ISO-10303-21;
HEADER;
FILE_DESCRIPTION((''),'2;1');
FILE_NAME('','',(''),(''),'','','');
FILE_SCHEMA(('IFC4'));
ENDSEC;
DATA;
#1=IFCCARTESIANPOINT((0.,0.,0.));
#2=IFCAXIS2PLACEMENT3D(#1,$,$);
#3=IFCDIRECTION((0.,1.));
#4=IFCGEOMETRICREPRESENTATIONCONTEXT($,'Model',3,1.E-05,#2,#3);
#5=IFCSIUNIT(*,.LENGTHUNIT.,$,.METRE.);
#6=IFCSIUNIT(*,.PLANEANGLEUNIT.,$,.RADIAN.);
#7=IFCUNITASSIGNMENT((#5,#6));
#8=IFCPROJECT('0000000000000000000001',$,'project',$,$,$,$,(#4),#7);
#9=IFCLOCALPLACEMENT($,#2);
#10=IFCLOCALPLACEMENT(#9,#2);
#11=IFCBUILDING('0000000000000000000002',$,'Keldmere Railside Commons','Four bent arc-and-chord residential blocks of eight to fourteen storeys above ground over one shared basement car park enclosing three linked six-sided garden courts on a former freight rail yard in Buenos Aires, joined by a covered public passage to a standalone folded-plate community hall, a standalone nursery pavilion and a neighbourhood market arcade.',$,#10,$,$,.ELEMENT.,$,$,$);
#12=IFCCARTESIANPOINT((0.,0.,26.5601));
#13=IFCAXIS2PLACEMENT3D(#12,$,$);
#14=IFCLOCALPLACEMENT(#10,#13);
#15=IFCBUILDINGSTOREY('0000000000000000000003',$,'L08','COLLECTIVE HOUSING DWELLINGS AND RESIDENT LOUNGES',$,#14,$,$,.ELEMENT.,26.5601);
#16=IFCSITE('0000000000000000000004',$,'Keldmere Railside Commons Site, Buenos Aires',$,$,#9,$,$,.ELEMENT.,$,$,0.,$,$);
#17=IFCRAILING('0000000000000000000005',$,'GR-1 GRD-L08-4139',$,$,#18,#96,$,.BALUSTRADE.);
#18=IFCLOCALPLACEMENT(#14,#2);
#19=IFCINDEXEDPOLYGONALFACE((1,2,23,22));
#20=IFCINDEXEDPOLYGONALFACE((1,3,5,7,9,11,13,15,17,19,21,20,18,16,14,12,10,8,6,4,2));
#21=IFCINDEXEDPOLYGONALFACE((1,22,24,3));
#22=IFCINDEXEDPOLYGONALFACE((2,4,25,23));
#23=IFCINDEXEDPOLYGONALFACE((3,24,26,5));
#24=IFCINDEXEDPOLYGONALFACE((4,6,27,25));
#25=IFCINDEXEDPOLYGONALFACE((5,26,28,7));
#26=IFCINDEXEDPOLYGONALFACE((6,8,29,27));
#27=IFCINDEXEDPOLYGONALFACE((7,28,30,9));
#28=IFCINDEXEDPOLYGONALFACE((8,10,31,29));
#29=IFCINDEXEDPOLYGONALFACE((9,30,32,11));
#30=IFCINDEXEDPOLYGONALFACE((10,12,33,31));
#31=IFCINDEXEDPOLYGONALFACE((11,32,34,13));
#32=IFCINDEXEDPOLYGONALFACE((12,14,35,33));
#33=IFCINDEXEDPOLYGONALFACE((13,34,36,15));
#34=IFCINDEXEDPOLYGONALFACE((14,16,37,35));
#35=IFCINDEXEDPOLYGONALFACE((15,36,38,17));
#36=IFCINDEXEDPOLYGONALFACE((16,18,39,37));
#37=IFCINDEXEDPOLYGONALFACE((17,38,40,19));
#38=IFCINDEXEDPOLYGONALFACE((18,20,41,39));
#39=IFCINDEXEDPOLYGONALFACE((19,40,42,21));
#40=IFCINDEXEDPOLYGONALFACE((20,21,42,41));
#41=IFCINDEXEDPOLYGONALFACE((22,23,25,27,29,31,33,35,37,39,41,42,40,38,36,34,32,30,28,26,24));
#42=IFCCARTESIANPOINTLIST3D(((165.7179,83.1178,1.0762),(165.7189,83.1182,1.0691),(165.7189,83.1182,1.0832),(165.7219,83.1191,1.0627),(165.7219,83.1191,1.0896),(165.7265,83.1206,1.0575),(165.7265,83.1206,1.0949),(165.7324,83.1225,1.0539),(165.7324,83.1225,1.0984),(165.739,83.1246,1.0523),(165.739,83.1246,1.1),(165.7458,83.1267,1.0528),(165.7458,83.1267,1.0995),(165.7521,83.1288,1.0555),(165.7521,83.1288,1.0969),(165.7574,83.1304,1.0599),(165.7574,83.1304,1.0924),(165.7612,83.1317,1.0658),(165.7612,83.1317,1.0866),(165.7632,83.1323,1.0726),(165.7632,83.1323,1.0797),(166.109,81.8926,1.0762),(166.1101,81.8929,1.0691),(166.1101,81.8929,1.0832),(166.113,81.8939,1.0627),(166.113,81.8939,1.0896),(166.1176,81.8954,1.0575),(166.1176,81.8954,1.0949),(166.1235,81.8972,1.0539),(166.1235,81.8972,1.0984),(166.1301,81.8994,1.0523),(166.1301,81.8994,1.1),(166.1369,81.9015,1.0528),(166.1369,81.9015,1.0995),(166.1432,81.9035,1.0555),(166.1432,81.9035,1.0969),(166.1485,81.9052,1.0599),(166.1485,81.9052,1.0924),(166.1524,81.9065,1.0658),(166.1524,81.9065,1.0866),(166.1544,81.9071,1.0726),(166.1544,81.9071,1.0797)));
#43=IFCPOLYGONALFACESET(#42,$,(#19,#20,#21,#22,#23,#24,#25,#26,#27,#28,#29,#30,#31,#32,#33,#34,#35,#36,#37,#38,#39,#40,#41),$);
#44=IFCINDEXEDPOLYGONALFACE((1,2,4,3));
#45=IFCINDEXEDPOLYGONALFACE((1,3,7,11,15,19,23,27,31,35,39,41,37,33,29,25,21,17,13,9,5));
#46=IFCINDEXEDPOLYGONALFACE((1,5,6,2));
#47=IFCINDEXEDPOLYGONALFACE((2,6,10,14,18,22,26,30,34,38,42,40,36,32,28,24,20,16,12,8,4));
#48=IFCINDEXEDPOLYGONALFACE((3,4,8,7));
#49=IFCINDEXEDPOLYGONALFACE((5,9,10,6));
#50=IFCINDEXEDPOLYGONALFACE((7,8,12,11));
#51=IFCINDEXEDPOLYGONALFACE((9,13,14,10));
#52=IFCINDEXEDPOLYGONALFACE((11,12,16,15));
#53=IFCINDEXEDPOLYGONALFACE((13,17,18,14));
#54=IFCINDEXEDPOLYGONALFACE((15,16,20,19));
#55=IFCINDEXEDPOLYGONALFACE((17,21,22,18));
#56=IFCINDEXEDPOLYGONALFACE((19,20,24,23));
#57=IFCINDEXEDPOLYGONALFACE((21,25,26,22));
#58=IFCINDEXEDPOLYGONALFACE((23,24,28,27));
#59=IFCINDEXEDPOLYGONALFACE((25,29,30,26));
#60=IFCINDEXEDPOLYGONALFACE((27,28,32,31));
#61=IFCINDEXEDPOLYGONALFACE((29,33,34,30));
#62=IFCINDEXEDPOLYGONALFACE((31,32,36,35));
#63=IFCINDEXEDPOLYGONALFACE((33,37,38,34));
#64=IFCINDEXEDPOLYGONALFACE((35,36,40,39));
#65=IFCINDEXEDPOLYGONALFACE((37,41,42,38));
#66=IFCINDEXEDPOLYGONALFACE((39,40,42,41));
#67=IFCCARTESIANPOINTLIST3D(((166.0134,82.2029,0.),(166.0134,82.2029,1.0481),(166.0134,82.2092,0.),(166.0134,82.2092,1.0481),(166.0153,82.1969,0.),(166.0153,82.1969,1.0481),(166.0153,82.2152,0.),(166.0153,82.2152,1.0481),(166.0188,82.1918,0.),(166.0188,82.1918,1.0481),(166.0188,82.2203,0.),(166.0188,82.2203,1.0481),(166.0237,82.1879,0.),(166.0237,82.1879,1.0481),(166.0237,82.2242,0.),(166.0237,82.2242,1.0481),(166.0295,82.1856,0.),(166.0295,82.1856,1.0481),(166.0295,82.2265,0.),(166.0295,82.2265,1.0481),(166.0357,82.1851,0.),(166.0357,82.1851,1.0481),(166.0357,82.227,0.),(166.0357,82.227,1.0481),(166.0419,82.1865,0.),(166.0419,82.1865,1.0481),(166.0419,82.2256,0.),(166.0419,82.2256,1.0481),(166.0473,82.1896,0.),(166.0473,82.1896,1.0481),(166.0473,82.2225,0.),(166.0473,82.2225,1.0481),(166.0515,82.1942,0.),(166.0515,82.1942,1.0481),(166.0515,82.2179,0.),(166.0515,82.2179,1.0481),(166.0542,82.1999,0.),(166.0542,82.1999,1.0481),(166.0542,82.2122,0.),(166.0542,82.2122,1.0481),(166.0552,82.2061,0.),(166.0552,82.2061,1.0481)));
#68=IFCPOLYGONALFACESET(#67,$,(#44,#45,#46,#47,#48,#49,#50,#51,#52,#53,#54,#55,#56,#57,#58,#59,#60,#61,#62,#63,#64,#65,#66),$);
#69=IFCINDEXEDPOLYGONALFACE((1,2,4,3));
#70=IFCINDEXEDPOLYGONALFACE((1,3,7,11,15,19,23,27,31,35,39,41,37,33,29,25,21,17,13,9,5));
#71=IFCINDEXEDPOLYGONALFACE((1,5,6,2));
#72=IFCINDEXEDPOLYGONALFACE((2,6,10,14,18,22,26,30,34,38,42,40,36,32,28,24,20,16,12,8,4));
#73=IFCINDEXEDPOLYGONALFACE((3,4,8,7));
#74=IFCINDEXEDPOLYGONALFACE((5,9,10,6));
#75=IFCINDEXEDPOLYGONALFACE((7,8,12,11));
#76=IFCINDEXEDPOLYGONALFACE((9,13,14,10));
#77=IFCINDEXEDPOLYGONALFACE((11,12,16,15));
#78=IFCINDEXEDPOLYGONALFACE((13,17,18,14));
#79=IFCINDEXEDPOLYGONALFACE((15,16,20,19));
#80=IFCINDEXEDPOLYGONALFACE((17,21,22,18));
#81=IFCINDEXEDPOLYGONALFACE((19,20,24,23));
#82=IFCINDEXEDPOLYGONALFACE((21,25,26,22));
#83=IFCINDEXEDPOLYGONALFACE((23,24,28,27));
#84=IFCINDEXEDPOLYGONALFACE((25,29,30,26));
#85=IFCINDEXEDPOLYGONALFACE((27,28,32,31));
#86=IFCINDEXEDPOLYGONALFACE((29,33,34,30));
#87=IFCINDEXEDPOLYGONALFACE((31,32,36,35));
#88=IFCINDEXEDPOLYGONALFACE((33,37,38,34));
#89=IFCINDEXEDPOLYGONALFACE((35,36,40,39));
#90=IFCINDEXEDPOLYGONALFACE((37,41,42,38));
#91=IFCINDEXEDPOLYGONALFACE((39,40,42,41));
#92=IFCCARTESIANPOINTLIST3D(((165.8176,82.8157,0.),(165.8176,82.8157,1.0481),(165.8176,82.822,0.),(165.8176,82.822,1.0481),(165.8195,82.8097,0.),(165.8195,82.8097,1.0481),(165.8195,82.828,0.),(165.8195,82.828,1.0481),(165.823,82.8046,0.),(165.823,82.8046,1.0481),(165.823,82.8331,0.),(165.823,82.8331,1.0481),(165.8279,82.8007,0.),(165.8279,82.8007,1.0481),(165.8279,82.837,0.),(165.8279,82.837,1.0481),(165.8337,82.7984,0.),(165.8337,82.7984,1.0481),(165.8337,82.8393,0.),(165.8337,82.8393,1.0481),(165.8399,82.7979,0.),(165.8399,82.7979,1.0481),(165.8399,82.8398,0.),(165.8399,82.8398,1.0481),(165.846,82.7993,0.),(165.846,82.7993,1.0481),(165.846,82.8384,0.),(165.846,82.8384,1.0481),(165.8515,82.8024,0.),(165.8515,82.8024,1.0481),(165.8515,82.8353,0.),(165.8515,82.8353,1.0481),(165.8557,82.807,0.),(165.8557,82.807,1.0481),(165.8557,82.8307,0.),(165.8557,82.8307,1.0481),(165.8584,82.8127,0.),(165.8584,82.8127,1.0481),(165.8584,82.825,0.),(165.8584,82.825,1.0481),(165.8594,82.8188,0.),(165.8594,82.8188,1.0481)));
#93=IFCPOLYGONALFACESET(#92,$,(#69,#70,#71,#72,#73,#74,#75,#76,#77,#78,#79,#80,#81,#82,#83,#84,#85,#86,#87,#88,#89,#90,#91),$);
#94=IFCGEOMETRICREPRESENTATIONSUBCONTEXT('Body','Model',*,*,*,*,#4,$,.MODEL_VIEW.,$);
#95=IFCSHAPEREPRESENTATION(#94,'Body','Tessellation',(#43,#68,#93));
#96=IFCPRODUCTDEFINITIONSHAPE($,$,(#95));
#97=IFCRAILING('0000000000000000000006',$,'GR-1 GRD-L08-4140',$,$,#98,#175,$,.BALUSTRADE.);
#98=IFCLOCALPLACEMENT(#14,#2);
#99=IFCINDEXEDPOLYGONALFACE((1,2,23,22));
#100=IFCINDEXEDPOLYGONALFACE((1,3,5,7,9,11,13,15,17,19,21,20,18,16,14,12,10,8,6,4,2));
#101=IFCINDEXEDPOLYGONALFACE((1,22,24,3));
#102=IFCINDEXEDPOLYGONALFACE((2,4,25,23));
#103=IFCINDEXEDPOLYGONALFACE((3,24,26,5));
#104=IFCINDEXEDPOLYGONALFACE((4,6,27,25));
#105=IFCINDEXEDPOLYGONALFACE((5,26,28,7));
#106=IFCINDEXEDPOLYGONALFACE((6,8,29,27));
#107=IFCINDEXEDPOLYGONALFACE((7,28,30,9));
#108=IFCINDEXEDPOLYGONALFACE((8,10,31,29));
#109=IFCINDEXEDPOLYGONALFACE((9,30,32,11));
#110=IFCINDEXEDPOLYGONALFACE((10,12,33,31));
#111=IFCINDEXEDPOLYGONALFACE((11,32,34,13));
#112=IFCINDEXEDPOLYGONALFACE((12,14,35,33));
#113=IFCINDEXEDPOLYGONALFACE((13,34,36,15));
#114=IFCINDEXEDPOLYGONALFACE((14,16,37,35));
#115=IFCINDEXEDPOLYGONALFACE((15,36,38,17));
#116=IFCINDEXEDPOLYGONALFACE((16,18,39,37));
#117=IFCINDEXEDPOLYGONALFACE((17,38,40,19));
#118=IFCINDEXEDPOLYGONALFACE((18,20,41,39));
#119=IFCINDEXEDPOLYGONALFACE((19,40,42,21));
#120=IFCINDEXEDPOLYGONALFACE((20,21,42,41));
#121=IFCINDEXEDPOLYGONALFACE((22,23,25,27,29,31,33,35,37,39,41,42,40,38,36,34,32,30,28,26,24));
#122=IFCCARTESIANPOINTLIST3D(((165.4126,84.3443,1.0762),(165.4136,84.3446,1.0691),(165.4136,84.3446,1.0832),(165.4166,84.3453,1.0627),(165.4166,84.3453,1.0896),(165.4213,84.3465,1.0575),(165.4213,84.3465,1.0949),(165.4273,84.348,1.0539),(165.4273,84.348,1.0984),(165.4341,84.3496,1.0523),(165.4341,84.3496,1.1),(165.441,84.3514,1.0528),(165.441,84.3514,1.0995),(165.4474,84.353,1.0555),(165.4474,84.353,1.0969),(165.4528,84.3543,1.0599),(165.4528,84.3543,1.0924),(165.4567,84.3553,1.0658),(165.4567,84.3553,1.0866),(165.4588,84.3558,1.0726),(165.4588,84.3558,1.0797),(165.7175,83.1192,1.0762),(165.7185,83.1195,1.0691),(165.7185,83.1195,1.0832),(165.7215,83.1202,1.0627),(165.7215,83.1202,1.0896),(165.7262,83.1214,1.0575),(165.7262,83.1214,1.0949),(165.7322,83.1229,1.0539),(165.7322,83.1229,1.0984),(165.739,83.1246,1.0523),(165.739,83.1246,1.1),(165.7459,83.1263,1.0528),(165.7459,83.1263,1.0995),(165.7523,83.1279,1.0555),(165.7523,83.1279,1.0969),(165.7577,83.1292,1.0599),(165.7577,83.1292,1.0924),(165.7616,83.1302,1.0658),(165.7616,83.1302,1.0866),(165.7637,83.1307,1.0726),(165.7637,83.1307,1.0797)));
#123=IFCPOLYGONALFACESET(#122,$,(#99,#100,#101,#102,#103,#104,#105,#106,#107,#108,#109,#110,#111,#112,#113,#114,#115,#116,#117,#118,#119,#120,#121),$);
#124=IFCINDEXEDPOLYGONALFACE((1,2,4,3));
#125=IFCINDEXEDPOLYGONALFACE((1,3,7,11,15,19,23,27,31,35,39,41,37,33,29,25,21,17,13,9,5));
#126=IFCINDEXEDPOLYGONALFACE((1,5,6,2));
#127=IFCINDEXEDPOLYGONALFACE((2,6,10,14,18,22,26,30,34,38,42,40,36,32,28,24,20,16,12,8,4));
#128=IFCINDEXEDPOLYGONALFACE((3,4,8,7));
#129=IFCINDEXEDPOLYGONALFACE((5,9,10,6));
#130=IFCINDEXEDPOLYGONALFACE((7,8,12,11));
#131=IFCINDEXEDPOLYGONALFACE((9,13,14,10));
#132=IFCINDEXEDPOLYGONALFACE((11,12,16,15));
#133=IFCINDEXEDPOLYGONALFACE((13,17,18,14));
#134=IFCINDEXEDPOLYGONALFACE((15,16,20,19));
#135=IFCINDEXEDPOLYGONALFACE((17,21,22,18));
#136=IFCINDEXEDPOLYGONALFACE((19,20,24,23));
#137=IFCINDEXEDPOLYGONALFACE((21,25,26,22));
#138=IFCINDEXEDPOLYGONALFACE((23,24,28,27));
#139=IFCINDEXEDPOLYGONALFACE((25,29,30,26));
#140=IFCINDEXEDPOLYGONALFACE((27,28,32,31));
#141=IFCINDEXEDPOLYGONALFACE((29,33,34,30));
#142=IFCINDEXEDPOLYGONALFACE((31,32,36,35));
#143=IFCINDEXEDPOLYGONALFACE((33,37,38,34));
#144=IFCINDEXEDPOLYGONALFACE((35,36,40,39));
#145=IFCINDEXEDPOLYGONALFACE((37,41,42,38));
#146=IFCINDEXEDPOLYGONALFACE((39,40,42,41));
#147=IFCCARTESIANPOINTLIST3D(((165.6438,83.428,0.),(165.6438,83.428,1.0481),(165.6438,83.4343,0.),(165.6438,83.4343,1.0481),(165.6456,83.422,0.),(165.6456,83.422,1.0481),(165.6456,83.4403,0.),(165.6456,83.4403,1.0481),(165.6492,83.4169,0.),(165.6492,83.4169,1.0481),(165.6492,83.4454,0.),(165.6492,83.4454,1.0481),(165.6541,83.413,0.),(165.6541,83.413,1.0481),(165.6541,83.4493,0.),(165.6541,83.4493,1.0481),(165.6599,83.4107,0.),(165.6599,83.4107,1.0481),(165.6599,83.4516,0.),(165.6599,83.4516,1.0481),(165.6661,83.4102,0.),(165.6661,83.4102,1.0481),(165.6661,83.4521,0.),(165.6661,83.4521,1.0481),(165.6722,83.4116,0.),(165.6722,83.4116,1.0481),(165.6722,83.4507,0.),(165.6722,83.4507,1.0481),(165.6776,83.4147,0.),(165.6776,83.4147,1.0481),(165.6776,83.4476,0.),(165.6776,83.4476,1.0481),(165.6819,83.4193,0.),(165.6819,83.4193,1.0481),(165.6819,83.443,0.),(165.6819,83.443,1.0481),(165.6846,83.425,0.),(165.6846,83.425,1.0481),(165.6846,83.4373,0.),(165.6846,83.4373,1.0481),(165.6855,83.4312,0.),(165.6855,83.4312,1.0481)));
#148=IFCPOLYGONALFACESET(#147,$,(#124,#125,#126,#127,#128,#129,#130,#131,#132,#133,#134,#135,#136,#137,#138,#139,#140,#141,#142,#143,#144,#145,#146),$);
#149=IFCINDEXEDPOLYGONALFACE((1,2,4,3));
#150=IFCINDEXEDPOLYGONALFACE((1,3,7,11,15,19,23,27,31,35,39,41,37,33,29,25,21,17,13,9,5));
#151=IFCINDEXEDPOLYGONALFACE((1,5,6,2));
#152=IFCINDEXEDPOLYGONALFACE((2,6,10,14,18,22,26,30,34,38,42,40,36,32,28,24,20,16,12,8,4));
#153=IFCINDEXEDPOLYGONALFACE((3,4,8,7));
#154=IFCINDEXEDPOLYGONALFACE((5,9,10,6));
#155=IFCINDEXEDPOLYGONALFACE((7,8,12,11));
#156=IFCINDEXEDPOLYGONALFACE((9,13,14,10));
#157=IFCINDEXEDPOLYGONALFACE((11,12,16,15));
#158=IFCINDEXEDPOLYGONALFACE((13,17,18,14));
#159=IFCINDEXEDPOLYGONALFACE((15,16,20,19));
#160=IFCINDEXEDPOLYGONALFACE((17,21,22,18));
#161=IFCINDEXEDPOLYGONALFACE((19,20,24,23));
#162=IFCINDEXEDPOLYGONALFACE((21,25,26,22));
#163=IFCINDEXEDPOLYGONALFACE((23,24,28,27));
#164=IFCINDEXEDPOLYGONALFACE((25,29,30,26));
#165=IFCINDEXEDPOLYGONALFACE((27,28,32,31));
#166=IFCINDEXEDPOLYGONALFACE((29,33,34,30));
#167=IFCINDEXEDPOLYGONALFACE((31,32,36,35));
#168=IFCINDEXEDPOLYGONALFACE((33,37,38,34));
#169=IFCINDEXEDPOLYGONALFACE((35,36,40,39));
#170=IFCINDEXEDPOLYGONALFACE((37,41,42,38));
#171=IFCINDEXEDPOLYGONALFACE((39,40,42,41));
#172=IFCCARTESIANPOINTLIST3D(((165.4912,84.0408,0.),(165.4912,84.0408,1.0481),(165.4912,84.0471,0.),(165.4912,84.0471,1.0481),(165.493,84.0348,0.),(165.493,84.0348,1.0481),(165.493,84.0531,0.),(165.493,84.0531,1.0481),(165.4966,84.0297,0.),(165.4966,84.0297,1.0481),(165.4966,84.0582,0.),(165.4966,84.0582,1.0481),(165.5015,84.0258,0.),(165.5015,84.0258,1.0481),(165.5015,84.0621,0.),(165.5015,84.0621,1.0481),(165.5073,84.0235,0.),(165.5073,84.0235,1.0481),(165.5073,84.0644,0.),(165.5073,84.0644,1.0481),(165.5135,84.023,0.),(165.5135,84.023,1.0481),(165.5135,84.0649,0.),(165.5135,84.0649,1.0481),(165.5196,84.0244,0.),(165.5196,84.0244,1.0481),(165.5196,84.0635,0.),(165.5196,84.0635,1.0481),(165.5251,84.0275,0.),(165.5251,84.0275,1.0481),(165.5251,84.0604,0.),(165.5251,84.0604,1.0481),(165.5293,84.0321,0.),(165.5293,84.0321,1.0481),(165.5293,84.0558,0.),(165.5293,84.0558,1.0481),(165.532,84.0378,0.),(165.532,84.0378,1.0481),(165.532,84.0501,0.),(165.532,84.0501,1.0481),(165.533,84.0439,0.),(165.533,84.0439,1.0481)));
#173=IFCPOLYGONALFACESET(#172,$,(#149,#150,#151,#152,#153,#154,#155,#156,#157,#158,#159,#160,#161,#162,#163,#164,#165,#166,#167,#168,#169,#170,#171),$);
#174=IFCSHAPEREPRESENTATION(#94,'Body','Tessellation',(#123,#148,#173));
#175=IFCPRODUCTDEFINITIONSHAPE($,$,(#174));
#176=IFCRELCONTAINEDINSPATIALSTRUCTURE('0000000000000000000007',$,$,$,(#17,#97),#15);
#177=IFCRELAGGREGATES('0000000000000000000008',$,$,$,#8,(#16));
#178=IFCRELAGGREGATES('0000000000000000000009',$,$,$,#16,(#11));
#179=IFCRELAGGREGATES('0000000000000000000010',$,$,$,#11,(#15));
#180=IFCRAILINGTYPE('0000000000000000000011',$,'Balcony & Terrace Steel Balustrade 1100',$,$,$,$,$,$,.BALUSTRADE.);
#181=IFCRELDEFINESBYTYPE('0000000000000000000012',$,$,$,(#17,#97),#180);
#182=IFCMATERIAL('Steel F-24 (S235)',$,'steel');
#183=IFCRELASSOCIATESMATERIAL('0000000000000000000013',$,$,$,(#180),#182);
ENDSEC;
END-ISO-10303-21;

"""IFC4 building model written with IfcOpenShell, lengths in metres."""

from ifc_helpers import new_model, si_unit, direction, frame, origin, origin_2d, place, context, subcontext, project, spatial, circle, extrude, material, type_object, element, save


model = new_model("IFC4")

# Units and contexts
model_context = context("Model", 3, precision=1e-05, world=origin(), true_north=direction((0.0, 1.0)))
body_context = subcontext(model_context, "Body", "Model", "MODEL_VIEW")
ifc_project = project(units=[si_unit("LENGTHUNIT", "METRE"), si_unit("PLANEANGLEUNIT", "RADIAN")], contexts=[model_context])

# Site, building, storey
site_placement = place(None, origin())
site = spatial("IfcSite", under=ifc_project, at=site_placement, Name="Keldmere Railside Commons Site, Buenos Aires", CompositionType="ELEMENT", RefElevation=0.0)
building_placement = place(site_placement, origin())
building = spatial("IfcBuilding", under=site, at=building_placement, Name="Keldmere Railside Commons", Description="Four bent arc-and-chord residential blocks of eight to fourteen storeys above ground over one shared basement car park enclosing three linked six-sided garden courts on a former freight rail yard in Buenos Aires, joined by a covered public passage to a standalone folded-plate community hall, a standalone nursery pavilion and a neighbourhood market arcade.", CompositionType="ELEMENT")
storey_placement = place(building_placement, frame((0.0, 0.0, 26.5601)))
storey = spatial("IfcBuildingStorey", under=building, at=storey_placement, Name="L08", Description="COLLECTIVE HOUSING DWELLINGS AND RESIDENT LOUNGES", CompositionType="ELEMENT", Elevation=26.5601)

# Railings
ifc_material_1 = material(Name="Steel F-24 (S235)", Category="steel")
railing_type = type_object("IfcRailingType", Name="Balcony & Terrace Steel Balustrade 1100", PredefinedType="BALUSTRADE", material=ifc_material_1)
railing_1_placement = place(storey_placement, frame((166.1318, 81.8999, 0.0)))
element("IfcRailing", 1, at=railing_1_placement, inside=storey, type_object=railing_type, Name="GR-1 GRD-L08-4139", PredefinedType="BALUSTRADE", context=body_context, shape_type="SweptSolid", body=[
    extrude(circle(Radius=0.0239, at=origin_2d()), frame((0.0, 0.0, 1.0762), z_axis=(-0.304128, 0.952631, 0.0), x_axis=(-0.952631, -0.304128, 0.0)), (0.0, 0.0, 1.0), 1.2861),
    extrude(circle(Radius=0.021, at=origin_2d()), frame((-0.0977, 0.3062, 0.0)), (0.0, 0.0, 1.0), 1.0481),
    extrude(circle(Radius=0.021, at=origin_2d()), frame((-0.2935, 0.9189, 0.0)), (0.0, 0.0, 1.0), 1.0481),
])
railing_2_placement = place(storey_placement, frame((165.7407, 83.125, 0.0)))
element("IfcRailing", 2, at=railing_2_placement, inside=storey, type_object=railing_type, Name="GR-1 GRD-L08-4140", PredefinedType="BALUSTRADE", context=body_context, shape_type="SweptSolid", body=[
    extrude(circle(Radius=0.0239, at=origin_2d()), frame((0.0, 0.0, 1.0762), z_axis=(-0.241534, 0.970392, 0.0), x_axis=(-0.970392, -0.241534, 0.0)), (0.0, 0.0, 1.0), 1.2625),
    extrude(circle(Radius=0.021, at=origin_2d()), frame((-0.0762, 0.3062, 0.0)), (0.0, 0.0, 1.0), 1.0481),
    extrude(circle(Radius=0.021, at=origin_2d()), frame((-0.2288, 0.9189, 0.0)), (0.0, 0.0, 1.0), 1.0481),
])

save(model, "model.ifc")
